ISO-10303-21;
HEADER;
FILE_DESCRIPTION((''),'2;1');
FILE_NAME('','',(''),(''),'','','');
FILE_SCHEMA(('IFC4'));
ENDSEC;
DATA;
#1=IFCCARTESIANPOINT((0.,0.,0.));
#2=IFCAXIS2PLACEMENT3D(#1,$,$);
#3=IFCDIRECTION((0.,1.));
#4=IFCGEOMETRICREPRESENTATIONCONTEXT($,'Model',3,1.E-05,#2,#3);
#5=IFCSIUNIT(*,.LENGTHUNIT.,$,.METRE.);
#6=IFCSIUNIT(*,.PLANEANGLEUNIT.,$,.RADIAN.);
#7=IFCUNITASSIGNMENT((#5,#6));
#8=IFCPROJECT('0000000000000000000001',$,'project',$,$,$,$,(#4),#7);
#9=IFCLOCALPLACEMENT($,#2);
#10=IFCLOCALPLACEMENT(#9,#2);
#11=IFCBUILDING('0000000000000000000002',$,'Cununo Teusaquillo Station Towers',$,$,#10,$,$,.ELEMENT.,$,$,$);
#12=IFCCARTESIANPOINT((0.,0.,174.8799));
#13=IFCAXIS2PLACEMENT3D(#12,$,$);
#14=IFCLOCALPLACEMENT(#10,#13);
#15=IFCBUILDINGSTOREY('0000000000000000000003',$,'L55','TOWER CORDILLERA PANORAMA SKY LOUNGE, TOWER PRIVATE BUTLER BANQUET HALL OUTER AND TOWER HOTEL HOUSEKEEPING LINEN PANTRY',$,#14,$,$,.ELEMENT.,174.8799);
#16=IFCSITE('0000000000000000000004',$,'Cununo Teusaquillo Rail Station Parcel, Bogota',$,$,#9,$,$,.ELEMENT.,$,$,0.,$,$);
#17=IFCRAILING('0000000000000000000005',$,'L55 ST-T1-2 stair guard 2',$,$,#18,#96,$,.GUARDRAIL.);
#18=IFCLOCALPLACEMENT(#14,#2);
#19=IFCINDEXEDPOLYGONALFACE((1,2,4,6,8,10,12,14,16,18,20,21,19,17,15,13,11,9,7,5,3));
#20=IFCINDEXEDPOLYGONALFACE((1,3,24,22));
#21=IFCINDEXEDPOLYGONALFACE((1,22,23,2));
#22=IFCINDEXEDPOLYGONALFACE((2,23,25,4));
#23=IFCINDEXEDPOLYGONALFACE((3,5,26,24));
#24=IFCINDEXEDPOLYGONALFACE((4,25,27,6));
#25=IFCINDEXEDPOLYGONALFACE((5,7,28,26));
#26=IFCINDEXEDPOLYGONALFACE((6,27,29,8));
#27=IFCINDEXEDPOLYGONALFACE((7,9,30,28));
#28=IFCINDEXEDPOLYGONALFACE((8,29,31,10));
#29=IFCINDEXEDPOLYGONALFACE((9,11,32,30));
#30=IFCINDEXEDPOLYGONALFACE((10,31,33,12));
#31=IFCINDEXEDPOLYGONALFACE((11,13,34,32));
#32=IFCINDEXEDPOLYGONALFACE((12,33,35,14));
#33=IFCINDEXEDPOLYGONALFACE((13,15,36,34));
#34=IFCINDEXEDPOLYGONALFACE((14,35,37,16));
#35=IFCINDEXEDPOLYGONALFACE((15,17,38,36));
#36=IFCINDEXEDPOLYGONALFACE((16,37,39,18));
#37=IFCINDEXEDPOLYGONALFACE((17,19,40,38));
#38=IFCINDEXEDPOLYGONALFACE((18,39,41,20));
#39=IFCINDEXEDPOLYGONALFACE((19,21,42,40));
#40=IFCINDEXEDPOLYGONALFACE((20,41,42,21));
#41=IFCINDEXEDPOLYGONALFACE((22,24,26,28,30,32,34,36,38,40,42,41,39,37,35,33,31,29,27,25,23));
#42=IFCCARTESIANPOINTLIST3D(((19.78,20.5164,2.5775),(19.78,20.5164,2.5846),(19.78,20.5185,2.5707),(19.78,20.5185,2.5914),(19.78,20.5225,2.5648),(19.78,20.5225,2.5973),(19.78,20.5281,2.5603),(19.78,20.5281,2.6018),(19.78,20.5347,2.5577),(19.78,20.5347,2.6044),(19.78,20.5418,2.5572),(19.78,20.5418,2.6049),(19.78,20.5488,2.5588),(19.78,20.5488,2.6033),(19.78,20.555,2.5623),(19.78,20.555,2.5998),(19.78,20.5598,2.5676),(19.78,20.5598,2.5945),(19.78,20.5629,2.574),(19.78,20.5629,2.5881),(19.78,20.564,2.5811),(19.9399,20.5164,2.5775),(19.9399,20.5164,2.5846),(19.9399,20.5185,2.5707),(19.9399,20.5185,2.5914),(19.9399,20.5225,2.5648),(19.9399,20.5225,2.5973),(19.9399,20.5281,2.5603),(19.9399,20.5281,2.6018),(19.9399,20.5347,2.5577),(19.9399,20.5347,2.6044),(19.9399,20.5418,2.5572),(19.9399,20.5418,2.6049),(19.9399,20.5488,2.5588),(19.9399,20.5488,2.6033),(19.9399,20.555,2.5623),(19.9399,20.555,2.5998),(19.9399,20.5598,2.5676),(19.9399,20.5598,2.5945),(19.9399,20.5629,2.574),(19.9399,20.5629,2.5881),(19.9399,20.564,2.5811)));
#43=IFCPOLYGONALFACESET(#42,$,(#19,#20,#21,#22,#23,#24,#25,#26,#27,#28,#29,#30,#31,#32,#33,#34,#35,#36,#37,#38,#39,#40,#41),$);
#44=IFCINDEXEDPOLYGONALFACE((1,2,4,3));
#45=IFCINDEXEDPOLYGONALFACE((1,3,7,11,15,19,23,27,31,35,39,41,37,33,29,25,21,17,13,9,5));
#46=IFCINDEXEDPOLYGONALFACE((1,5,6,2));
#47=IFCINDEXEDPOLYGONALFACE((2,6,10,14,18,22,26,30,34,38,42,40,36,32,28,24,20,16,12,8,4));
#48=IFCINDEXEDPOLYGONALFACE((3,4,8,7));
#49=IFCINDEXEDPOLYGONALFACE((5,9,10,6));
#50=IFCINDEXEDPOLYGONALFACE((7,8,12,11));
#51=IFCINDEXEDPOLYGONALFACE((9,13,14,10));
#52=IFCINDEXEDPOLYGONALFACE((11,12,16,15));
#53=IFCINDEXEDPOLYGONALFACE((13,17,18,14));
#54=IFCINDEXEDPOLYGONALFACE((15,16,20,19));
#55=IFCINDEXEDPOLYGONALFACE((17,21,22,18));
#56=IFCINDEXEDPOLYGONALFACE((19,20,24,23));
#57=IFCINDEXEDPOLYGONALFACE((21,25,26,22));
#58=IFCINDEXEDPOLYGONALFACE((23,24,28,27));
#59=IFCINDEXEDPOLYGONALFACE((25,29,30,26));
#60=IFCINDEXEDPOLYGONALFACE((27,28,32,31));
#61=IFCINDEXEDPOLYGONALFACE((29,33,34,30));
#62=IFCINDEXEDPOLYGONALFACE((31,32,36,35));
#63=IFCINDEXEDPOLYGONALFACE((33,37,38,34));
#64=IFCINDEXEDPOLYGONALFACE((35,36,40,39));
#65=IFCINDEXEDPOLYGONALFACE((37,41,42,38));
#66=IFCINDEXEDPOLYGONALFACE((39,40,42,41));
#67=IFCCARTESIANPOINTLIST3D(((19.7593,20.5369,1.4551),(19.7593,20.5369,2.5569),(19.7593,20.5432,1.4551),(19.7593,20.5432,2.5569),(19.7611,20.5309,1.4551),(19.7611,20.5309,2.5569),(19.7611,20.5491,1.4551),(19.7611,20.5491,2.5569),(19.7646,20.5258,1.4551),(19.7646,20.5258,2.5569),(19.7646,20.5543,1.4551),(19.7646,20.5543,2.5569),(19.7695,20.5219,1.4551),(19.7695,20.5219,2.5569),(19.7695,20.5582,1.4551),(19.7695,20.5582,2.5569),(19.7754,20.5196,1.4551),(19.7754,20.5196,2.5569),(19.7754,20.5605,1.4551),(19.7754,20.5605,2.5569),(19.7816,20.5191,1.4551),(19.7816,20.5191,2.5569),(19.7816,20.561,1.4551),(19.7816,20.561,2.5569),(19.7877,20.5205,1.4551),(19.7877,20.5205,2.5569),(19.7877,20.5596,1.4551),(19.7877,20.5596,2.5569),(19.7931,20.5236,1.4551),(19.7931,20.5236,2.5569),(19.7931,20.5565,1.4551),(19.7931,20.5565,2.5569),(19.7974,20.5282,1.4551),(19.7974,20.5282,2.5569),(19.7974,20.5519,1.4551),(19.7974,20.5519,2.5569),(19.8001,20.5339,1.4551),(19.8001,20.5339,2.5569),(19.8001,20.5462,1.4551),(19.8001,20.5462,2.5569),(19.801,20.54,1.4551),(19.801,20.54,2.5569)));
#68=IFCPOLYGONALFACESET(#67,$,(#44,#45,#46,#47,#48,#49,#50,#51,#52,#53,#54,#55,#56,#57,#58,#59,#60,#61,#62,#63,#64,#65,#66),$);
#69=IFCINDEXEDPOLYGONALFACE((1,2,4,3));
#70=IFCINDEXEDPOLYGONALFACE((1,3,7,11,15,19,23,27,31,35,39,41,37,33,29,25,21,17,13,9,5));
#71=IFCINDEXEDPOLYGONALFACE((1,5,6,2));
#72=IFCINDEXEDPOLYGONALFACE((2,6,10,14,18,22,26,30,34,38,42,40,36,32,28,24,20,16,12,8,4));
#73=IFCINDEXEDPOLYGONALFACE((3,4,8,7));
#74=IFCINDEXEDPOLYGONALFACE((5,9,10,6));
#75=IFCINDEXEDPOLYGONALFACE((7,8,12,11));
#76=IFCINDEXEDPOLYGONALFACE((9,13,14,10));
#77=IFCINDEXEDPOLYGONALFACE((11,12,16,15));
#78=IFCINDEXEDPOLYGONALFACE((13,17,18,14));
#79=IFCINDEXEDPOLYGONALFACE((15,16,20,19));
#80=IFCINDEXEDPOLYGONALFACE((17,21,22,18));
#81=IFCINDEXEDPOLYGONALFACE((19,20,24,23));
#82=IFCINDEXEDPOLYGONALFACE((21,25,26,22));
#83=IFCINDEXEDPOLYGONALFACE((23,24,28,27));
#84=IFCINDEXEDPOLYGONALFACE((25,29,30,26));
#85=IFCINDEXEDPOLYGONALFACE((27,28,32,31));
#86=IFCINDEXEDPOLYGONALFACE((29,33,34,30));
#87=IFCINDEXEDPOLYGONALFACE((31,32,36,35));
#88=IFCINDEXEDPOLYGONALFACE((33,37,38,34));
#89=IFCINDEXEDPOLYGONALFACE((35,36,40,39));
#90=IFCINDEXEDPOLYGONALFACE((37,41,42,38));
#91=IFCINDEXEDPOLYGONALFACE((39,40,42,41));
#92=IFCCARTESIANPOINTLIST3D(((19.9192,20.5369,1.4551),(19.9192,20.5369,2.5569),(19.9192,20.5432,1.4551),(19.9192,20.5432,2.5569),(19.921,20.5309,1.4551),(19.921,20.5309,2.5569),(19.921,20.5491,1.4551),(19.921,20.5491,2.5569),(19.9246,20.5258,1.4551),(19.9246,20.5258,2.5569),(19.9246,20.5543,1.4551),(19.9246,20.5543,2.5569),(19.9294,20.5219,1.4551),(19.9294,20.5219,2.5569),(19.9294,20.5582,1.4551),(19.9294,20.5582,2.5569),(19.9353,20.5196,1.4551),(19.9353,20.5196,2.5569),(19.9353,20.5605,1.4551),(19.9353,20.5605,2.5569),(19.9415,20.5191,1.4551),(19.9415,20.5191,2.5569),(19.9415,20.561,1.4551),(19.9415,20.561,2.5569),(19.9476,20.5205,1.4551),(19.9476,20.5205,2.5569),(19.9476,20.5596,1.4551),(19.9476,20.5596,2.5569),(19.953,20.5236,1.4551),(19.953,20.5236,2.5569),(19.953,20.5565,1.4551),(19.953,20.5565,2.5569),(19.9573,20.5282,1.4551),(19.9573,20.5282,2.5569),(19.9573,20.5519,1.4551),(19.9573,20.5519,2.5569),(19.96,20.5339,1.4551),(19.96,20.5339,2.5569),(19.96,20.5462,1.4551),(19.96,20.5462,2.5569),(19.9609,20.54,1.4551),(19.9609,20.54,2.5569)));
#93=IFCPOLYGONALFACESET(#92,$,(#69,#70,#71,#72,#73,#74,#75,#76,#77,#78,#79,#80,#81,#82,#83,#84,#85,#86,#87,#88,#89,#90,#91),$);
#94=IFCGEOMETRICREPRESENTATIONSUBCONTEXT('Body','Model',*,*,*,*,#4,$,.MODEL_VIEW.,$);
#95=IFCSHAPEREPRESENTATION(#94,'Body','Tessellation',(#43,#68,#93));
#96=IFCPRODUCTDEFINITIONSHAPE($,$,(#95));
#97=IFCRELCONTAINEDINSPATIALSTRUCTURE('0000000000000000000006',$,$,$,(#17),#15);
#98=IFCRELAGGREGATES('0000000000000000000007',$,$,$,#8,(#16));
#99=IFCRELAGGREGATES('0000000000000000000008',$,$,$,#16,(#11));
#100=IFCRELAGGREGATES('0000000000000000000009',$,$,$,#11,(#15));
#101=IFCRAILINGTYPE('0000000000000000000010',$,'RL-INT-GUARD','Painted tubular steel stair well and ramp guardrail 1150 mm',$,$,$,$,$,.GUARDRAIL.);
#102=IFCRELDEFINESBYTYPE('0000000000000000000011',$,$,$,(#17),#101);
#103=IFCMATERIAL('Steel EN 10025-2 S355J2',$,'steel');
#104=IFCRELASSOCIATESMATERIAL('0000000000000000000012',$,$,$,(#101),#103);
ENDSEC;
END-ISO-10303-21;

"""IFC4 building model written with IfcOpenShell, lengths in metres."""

from ifc_helpers import new_model, si_unit, direction, frame, origin, origin_2d, place, context, subcontext, project, spatial, circle, extrude, material, type_object, element, save


model = new_model("IFC4")

# Units and contexts
model_context = context("Model", 3, precision=1e-05, world=origin(), true_north=direction((0.0, 1.0)))
body_context = subcontext(model_context, "Body", "Model", "MODEL_VIEW")
ifc_project = project(units=[si_unit("LENGTHUNIT", "METRE"), si_unit("PLANEANGLEUNIT", "RADIAN")], contexts=[model_context])

# Site, building, storey
site_placement = place(None, origin())
site = spatial("IfcSite", under=ifc_project, at=site_placement, Name="Cununo Teusaquillo Rail Station Parcel, Bogota", CompositionType="ELEMENT", RefElevation=0.0)
building_placement = place(site_placement, origin())
building = spatial("IfcBuilding", under=site, at=building_placement, Name="Cununo Teusaquillo Station Towers", CompositionType="ELEMENT")
storey_placement = place(building_placement, frame((0.0, 0.0, 174.8799)))
storey = spatial("IfcBuildingStorey", under=building, at=storey_placement, Name="L55", Description="TOWER CORDILLERA PANORAMA SKY LOUNGE, TOWER PRIVATE BUTLER BANQUET HALL OUTER AND TOWER HOTEL HOUSEKEEPING LINEN PANTRY", CompositionType="ELEMENT", Elevation=174.8799)

# Railing
ifc_material_1 = material(Name="Steel EN 10025-2 S355J2", Category="steel")
railing_type_1 = type_object("IfcRailingType", Name="RL-INT-GUARD", Description="Painted tubular steel stair well and ramp guardrail 1150 mm", PredefinedType="GUARDRAIL", material=ifc_material_1)
railing_1_placement = place(storey_placement, frame((19.78, 20.54, 1.4551)))
element("IfcRailing", 1, at=railing_1_placement, inside=storey, type_object=railing_type_1, Name="L55 ST-T1-2 stair guard 2", PredefinedType="GUARDRAIL", context=body_context, shape_type="SweptSolid", body=[
    extrude(circle(Radius=0.0239, at=origin_2d()), frame((0.0, 0.0, 1.126), z_axis=(1.0, 0.0, 0.0), x_axis=(0.0, 1.0, 0.0)), (0.0, 0.0, 1.0), 0.1599),
    extrude(circle(Radius=0.021, at=origin_2d()), origin(), (0.0, 0.0, 1.0), 1.1018),
    extrude(circle(Radius=0.021, at=origin_2d()), frame((0.1599, 0.0, 0.0)), (0.0, 0.0, 1.0), 1.1018),
])

save(model, "model.ifc")
